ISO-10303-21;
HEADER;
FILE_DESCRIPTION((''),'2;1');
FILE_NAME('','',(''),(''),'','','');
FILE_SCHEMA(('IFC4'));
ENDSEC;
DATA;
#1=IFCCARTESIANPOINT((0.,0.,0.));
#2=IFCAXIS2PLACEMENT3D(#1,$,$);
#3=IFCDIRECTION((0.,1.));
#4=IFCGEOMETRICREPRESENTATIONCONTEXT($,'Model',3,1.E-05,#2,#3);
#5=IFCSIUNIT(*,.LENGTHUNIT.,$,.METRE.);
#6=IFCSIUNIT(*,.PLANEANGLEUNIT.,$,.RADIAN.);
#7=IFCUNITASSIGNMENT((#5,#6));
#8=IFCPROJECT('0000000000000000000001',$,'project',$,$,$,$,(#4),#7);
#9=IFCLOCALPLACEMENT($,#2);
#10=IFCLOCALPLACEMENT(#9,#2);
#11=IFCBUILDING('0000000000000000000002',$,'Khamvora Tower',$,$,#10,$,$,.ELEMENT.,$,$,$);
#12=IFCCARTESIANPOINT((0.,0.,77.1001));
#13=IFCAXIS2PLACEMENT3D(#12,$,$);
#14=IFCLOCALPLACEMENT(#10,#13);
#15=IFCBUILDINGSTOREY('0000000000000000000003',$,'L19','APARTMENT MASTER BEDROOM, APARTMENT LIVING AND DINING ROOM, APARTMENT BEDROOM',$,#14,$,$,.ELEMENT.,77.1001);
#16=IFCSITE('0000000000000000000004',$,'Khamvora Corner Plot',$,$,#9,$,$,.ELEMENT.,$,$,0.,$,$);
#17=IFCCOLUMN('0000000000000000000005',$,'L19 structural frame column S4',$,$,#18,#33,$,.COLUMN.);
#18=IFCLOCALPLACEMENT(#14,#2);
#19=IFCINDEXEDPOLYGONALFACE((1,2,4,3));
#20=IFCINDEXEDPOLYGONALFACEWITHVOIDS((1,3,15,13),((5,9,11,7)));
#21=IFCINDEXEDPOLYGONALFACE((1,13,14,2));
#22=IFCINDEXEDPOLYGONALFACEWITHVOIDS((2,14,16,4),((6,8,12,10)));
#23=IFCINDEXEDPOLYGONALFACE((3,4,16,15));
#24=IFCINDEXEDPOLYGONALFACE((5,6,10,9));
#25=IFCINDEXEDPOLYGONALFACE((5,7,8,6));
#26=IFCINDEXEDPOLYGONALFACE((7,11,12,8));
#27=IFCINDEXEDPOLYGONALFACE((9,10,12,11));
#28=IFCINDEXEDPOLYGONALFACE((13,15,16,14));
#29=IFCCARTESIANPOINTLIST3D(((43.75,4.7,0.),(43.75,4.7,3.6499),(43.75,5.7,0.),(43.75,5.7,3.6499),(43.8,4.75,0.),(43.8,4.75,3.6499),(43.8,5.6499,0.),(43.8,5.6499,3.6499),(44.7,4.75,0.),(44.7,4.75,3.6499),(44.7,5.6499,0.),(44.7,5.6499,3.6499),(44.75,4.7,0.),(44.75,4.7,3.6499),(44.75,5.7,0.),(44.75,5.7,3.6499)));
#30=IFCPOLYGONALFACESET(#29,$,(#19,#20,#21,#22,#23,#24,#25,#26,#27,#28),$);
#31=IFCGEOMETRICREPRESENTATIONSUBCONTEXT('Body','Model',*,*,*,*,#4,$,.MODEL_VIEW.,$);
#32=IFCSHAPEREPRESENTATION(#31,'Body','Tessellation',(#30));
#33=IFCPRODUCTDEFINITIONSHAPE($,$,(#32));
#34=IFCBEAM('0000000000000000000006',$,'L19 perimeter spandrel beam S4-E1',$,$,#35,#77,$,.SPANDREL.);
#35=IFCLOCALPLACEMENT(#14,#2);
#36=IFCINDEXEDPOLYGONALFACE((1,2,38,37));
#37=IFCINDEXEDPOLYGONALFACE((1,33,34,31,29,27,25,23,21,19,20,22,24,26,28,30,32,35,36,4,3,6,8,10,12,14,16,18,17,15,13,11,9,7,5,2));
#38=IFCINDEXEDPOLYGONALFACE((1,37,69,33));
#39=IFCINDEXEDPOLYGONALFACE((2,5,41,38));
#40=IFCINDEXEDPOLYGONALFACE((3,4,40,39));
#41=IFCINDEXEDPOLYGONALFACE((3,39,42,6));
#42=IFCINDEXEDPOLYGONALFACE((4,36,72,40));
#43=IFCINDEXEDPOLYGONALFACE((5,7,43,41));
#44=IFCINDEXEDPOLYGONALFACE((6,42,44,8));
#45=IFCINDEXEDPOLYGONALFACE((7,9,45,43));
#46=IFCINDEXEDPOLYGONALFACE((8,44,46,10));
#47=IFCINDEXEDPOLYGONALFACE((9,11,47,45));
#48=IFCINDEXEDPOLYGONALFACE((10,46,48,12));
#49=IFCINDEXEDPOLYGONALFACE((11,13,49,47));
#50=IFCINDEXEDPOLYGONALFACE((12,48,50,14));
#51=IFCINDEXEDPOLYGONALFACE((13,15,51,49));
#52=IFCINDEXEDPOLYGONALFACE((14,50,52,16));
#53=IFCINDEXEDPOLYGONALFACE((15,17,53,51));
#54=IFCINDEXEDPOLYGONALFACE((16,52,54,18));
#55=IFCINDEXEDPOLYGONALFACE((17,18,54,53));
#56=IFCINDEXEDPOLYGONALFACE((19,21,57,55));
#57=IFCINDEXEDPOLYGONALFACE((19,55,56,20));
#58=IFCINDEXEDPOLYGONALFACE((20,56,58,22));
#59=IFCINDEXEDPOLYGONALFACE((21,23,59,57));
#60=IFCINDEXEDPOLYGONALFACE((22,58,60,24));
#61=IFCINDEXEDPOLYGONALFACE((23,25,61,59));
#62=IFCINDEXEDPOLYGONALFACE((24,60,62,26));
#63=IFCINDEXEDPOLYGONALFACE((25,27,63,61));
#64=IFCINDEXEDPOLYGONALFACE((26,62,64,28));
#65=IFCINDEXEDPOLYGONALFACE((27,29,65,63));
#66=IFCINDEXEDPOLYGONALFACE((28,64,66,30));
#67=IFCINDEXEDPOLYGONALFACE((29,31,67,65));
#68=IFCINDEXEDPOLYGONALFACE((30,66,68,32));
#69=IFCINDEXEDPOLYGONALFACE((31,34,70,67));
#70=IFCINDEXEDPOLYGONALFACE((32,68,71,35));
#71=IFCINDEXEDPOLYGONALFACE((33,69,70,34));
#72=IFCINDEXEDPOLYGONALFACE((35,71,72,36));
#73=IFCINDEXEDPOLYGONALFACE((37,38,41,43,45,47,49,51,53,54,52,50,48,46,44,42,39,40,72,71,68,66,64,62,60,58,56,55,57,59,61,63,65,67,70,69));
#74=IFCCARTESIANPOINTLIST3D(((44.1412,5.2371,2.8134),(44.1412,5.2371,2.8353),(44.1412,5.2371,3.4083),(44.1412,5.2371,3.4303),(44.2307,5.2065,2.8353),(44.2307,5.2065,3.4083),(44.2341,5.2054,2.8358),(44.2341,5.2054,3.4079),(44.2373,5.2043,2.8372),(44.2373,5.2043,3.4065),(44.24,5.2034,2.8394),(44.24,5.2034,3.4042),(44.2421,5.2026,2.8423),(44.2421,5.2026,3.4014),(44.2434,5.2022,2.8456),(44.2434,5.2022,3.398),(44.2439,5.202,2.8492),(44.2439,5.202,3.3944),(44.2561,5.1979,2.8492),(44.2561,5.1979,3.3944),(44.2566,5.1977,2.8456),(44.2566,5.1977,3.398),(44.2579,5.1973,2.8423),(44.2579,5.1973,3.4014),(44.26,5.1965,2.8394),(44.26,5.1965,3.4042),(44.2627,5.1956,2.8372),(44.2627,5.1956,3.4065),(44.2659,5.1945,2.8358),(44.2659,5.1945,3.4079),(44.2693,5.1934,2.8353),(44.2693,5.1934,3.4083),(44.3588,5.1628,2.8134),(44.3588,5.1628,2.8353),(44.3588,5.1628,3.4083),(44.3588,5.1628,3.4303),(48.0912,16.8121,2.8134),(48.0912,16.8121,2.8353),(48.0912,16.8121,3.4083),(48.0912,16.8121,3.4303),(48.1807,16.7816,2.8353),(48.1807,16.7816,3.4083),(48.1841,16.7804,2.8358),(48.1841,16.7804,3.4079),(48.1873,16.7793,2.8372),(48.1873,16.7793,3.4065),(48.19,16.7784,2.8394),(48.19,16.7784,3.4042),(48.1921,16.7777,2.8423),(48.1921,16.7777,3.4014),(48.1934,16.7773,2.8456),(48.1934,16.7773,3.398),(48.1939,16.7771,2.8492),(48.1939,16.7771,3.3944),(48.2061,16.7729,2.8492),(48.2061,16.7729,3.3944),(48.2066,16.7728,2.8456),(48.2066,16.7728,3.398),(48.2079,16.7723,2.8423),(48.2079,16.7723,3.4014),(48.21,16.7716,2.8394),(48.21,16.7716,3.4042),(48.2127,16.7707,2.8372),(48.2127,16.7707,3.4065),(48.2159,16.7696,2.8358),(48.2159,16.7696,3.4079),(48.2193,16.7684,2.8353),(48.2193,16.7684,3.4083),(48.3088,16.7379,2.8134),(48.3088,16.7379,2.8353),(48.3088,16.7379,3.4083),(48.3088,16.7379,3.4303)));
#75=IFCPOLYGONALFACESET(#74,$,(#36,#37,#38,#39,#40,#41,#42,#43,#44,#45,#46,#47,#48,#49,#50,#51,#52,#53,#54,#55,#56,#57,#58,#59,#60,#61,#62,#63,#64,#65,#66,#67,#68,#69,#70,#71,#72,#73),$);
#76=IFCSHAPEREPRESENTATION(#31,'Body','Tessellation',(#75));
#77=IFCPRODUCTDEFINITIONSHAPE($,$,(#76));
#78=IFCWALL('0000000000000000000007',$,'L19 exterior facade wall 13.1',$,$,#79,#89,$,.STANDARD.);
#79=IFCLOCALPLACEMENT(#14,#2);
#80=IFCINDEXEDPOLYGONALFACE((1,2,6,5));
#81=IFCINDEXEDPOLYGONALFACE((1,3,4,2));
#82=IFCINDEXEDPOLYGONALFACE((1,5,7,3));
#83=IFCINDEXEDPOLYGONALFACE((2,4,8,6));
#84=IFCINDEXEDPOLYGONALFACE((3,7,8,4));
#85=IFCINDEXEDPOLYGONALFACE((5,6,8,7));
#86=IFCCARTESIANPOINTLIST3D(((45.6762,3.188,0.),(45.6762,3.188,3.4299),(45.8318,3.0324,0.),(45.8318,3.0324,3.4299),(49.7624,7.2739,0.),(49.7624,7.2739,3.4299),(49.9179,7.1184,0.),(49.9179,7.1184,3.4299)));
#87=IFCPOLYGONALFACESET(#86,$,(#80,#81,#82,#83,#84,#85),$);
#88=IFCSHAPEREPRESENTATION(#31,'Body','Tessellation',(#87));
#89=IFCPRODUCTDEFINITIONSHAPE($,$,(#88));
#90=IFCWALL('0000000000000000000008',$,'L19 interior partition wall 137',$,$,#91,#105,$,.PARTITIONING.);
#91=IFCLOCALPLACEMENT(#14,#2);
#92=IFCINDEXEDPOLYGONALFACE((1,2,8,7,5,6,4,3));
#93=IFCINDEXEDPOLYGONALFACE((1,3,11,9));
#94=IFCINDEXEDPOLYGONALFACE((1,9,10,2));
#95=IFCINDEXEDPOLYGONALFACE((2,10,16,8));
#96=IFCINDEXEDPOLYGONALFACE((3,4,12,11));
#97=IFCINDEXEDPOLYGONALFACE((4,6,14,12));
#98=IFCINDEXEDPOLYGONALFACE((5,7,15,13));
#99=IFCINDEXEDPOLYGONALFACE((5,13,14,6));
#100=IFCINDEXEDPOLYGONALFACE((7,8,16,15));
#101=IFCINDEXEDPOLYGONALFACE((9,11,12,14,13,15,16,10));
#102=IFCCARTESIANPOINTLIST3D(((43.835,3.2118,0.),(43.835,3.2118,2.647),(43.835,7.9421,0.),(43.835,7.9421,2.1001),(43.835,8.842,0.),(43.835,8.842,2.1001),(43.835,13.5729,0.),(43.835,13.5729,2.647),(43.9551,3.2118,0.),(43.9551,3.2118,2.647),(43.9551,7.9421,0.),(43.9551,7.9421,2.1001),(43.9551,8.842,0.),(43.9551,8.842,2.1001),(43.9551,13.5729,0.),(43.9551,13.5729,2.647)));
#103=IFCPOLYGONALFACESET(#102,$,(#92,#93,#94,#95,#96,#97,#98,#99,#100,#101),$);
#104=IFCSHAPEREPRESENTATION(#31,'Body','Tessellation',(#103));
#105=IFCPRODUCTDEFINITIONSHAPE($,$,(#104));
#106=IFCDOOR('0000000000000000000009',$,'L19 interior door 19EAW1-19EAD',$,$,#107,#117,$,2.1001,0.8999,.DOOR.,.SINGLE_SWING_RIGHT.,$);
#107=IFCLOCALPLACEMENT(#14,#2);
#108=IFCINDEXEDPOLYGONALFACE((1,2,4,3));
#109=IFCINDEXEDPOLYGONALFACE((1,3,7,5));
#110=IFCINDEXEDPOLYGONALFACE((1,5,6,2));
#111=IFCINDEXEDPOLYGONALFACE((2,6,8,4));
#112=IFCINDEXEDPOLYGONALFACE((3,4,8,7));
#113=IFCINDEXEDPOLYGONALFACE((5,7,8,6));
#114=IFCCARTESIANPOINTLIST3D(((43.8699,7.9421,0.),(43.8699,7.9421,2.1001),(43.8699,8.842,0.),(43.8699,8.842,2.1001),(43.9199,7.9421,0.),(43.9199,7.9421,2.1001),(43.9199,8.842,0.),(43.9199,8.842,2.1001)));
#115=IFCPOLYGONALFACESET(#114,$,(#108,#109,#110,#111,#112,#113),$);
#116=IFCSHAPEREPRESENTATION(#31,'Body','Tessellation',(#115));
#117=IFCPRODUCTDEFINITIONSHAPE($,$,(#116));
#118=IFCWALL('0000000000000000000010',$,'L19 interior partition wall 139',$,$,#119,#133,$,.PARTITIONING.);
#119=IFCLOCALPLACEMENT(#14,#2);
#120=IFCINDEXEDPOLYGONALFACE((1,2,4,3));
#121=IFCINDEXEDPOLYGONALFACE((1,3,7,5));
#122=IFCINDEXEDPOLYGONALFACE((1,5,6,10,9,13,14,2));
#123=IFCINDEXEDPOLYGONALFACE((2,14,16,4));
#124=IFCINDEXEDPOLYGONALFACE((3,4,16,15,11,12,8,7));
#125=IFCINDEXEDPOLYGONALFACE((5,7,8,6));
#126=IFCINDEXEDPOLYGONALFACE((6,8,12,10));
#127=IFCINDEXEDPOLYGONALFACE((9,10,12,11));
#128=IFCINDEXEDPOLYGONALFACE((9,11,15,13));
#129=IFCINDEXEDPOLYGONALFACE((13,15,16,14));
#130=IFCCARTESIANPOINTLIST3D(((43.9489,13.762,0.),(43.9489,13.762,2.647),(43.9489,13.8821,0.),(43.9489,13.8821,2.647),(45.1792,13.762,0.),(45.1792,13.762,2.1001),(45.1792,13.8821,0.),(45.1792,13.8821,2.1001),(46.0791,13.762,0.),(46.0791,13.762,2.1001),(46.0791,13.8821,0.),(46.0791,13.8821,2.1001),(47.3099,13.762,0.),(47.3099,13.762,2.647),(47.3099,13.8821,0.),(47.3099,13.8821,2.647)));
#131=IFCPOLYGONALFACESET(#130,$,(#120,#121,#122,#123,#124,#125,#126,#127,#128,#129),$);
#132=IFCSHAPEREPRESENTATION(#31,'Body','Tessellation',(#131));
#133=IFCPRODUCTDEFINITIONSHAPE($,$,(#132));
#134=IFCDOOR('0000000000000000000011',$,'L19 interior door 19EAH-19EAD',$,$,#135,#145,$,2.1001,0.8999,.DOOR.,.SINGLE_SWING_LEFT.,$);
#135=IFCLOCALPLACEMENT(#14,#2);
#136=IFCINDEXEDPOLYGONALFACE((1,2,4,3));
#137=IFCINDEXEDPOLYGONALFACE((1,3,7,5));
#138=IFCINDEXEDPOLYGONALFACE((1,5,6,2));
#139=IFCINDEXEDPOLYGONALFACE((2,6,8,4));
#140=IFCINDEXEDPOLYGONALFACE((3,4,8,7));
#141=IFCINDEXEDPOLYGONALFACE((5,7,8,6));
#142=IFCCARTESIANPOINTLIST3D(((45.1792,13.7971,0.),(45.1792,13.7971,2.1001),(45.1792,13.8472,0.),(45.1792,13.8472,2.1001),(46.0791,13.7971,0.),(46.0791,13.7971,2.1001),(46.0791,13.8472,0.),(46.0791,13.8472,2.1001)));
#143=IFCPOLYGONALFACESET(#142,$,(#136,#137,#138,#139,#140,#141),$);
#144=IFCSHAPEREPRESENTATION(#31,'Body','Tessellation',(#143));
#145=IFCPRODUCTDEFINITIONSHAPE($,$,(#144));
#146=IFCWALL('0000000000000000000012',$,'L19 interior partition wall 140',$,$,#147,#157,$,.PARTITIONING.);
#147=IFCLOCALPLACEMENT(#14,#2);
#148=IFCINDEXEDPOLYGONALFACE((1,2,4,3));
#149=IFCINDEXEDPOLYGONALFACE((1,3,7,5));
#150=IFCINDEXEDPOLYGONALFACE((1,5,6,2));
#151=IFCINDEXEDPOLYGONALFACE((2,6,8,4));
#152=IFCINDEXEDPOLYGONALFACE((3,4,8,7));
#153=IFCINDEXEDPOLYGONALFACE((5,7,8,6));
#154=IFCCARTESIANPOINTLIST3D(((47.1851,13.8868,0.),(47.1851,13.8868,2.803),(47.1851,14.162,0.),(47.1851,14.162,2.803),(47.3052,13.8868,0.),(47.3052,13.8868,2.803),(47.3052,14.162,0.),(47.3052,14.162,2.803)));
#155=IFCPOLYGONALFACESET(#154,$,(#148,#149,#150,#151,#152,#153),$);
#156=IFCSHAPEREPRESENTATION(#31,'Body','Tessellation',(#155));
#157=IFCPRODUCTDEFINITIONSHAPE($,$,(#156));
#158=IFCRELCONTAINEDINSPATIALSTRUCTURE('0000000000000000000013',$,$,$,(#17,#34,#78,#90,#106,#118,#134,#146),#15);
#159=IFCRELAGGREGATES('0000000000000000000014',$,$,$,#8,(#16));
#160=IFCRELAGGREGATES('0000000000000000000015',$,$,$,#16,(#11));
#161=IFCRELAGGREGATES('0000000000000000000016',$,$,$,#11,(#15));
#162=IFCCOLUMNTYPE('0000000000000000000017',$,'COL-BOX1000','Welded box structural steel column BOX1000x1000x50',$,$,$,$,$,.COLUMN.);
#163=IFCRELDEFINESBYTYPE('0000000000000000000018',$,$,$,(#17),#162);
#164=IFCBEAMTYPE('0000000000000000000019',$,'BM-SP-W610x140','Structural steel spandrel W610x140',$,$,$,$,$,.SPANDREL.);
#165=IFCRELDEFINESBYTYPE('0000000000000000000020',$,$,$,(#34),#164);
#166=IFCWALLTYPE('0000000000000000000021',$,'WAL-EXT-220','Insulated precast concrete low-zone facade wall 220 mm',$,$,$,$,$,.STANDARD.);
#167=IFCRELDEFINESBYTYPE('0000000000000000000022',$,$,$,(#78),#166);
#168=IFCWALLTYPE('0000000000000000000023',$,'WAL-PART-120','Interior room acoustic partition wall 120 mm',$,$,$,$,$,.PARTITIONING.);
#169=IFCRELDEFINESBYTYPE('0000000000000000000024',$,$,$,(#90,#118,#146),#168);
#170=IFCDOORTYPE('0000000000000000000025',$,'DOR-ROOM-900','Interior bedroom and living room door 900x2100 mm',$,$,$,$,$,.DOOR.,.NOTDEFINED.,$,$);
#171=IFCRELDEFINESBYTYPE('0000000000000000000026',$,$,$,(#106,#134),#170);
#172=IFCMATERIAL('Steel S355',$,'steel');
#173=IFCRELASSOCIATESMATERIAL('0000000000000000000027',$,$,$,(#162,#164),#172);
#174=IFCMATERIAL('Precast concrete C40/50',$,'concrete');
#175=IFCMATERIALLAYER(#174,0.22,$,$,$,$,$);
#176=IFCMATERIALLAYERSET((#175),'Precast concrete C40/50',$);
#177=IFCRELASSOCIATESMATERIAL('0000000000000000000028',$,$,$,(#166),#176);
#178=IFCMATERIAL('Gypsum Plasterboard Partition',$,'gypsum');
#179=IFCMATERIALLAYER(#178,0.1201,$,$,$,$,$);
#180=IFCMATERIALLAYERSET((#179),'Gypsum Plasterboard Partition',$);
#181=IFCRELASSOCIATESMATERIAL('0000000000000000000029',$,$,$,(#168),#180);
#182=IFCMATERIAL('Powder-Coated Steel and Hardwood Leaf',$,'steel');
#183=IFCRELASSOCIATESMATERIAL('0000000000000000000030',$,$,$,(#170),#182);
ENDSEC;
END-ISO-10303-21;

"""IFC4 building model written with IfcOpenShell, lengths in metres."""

from ifc_helpers import new_model, si_unit, direction, frame, frame_2d, origin, origin_2d, place, context, subcontext, project, spatial, rectangle, hollow_rectangle, i_section, extrude, material, layer, layer_set, material_profile, profile_set, type_object, element, fill, save


model = new_model("IFC4")

# Units and contexts
model_context = context("Model", 3, precision=1e-05, world=origin(), true_north=direction((0.0, 1.0)))
body_context = subcontext(model_context, "Body", "Model", "MODEL_VIEW")
ifc_project = project(units=[si_unit("LENGTHUNIT", "METRE"), si_unit("PLANEANGLEUNIT", "RADIAN")], contexts=[model_context])

# Site, building, storey
site_placement = place(None, origin())
site = spatial("IfcSite", under=ifc_project, at=site_placement, Name="Khamvora Corner Plot", CompositionType="ELEMENT", RefElevation=0.0)
building_placement = place(site_placement, origin())
building = spatial("IfcBuilding", under=site, at=building_placement, Name="Khamvora Tower", CompositionType="ELEMENT")
storey_placement = place(building_placement, frame((0.0, 0.0, 77.1001)))
storey = spatial("IfcBuildingStorey", under=building, at=storey_placement, Name="L19", Description="APARTMENT MASTER BEDROOM, APARTMENT LIVING AND DINING ROOM, APARTMENT BEDROOM", CompositionType="ELEMENT", Elevation=77.1001)

# Column
ifc_material_1 = material(Name="Steel S355", Category="steel")
ifc_material_profile_1 = material_profile(ifc_material_1, hollow_rectangle(XDim=1.0, YDim=1.0, WallThickness=0.05, at=origin_2d()), Name="BOX1000x1000x50")
ifc_profile_set_1 = profile_set([ifc_material_profile_1], Name="Steel S355")
column_type = type_object("IfcColumnType", Name="COL-BOX1000", Description="Welded box structural steel column BOX1000x1000x50", PredefinedType="COLUMN", material=ifc_profile_set_1)
column_placement = place(storey_placement, frame((44.25, 5.2, 0.0), z_axis=(0.0, 0.0, 1.0), x_axis=(1.0, 0.0, 0.0)))
element("IfcColumn", 1, at=column_placement, inside=storey, type_object=column_type, Name="L19 structural frame column S4", PredefinedType="COLUMN", context=body_context, shape_type="SweptSolid", body=[
    extrude(hollow_rectangle(XDim=1.0, YDim=1.0, WallThickness=0.05, at=origin_2d()), origin(), (0.0, 0.0, 1.0), 3.6499),
])

# Beam
ifc_material_profile_2 = material_profile(ifc_material_1, i_section(OverallWidth=0.23, OverallDepth=0.6169, WebThickness=0.0129, FlangeThickness=0.022, FilletRadius=0.0139, at=origin_2d()), Name="W610x140")
ifc_profile_set_2 = profile_set([ifc_material_profile_2], Name="Steel S355")
beam_type = type_object("IfcBeamType", Name="BM-SP-W610x140", Description="Structural steel spandrel W610x140", PredefinedType="SPANDREL", material=ifc_profile_set_2)
beam_placement = place(storey_placement, frame((44.25, 5.2, 3.1218), z_axis=(0.322963, 0.946412, 0.0), x_axis=(-0.946412, 0.322963, 0.0)))
element("IfcBeam", 2, at=beam_placement, inside=storey, type_object=beam_type, Name="L19 perimeter spandrel beam S4-E1", PredefinedType="SPANDREL", context=body_context, shape_type="SweptSolid", body=[
    extrude(i_section(OverallWidth=0.23, OverallDepth=0.6169, WebThickness=0.0129, FlangeThickness=0.022, FilletRadius=0.0139, at=origin_2d()), origin(), (0.0, 0.0, 1.0), 12.2305),
])

# Wall
ifc_material_2 = material(Name="Precast concrete C40/50", Category="concrete")
ifc_layer_1 = layer(ifc_material_2, 0.22)
ifc_layer_set_1 = layer_set([ifc_layer_1], Name="Precast concrete C40/50")
wall_type_1 = type_object("IfcWallType", Name="WAL-EXT-220", Description="Insulated precast concrete low-zone facade wall 220 mm", PredefinedType="STANDARD", material=ifc_layer_set_1)
wall_1_placement = place(storey_placement, frame((49.8401, 7.196, 0.0), z_axis=(0.0, 0.0, 1.0), x_axis=(-0.707128, -0.707086, 0.0)))
element("IfcWall", 3, at=wall_1_placement, inside=storey, type_object=wall_type_1, Name="L19 exterior facade wall 13.1", PredefinedType="STANDARD", context=body_context, shape_type="SweptSolid", body=[
    extrude(rectangle(XDim=5.7786, YDim=0.22, at=frame_2d((2.8892, 0.0))), origin(), (0.0, 0.0, 1.0), 3.4299),
])

# Walls, openings, doors
ifc_material_3 = material(Name="Gypsum Plasterboard Partition", Category="gypsum")
ifc_layer_2 = layer(ifc_material_3, 0.1201)
ifc_layer_set_2 = layer_set([ifc_layer_2], Name="Gypsum Plasterboard Partition")
wall_type_2 = type_object("IfcWallType", Name="WAL-PART-120", Description="Interior room acoustic partition wall 120 mm", PredefinedType="PARTITIONING", material=ifc_layer_set_2)
wall_2_placement = place(storey_placement, frame((43.895, 13.573, 0.0), z_axis=(0.0, 0.0, 1.0), x_axis=(0.0, -1.0, 0.0)))
wall_2 = element("IfcWall", 4, at=wall_2_placement, inside=storey, type_object=wall_type_2, Name="L19 interior partition wall 137", PredefinedType="PARTITIONING", context=body_context, shape_type="SweptSolid", body=[
    extrude(rectangle(XDim=10.3611, YDim=0.1201, at=frame_2d((5.1807, 0.0))), origin(), (0.0, 0.0, 1.0), 2.647),
])
opening_1_placement = place(wall_2_placement, frame((4.731, 0.0, 0.0)))
opening_1 = element("IfcOpeningElement", 5, at=opening_1_placement, cuts=wall_2, PredefinedType="OPENING", context=body_context, shape_type="SweptSolid", body=[
    extrude(rectangle(XDim=0.8999, YDim=2.1001, at=frame_2d((0.45, 1.05))), frame((0.0, 0.0701, 0.0), z_axis=(0.0, -1.0, 0.0), x_axis=(1.0, 0.0, 0.0)), (0.0, 0.0, 1.0), 0.1401),
])
ifc_material_4 = material(Name="Powder-Coated Steel and Hardwood Leaf", Category="steel")
door_type = type_object("IfcDoorType", Name="DOR-ROOM-900", Description="Interior bedroom and living room door 900x2100 mm", OperationType="NOTDEFINED", PredefinedType="DOOR", material=ifc_material_4)
door_1_placement = place(opening_1_placement, origin())
door_1 = element("IfcDoor", 6, at=door_1_placement, inside=storey, type_object=door_type, Name="L19 interior door 19EAW1-19EAD", OperationType="SINGLE_SWING_RIGHT", OverallHeight=2.1001, OverallWidth=0.8999, PredefinedType="DOOR", context=body_context, shape_type="SweptSolid", body=[
    extrude(rectangle(XDim=0.8999, YDim=2.1001, at=frame_2d((0.45, 1.05))), frame((0.0, 0.0249, 0.0), z_axis=(0.0, -1.0, 0.0), x_axis=(1.0, 0.0, 0.0)), (0.0, 0.0, 1.0), 0.05),
])
fill(opening_1, door_1)
wall_3_placement = place(storey_placement, frame((47.3101, 13.822, 0.0), z_axis=(0.0, 0.0, 1.0), x_axis=(-1.0, 0.0, 0.0)))
wall_3 = element("IfcWall", 7, at=wall_3_placement, inside=storey, type_object=wall_type_2, Name="L19 interior partition wall 139", PredefinedType="PARTITIONING", context=body_context, shape_type="SweptSolid", body=[
    extrude(rectangle(XDim=3.3611, YDim=0.1201, at=frame_2d((1.6807, 0.0))), origin(), (0.0, 0.0, 1.0), 2.647),
])
opening_2_placement = place(wall_3_placement, frame((1.231, 0.0, 0.0)))
opening_2 = element("IfcOpeningElement", 8, at=opening_2_placement, cuts=wall_3, PredefinedType="OPENING", context=body_context, shape_type="SweptSolid", body=[
    extrude(rectangle(XDim=0.8999, YDim=2.1001, at=frame_2d((0.45, 1.05))), frame((0.0, 0.0701, 0.0), z_axis=(0.0, -1.0, 0.0), x_axis=(1.0, 0.0, 0.0)), (0.0, 0.0, 1.0), 0.1401),
])
door_2_placement = place(opening_2_placement, origin())
door_2 = element("IfcDoor", 9, at=door_2_placement, inside=storey, type_object=door_type, Name="L19 interior door 19EAH-19EAD", OperationType="SINGLE_SWING_LEFT", OverallHeight=2.1001, OverallWidth=0.8999, PredefinedType="DOOR", context=body_context, shape_type="SweptSolid", body=[
    extrude(rectangle(XDim=0.8999, YDim=2.1001, at=frame_2d((0.45, 1.05))), frame((0.0, 0.0249, 0.0), z_axis=(0.0, -1.0, 0.0), x_axis=(1.0, 0.0, 0.0)), (0.0, 0.0, 1.0), 0.05),
])
fill(opening_2, door_2)

# Wall
wall_4_placement = place(storey_placement, frame((47.2451, 14.1621, 0.0), z_axis=(0.0, 0.0, 1.0), x_axis=(0.0, -1.0, 0.0)))
element("IfcWall", 10, at=wall_4_placement, inside=storey, type_object=wall_type_2, Name="L19 interior partition wall 140", PredefinedType="PARTITIONING", context=body_context, shape_type="SweptSolid", body=[
    extrude(rectangle(XDim=0.2751, YDim=0.1201, at=frame_2d((0.1377, 0.0))), origin(), (0.0, 0.0, 1.0), 2.803),
])

save(model, "model.ifc")
